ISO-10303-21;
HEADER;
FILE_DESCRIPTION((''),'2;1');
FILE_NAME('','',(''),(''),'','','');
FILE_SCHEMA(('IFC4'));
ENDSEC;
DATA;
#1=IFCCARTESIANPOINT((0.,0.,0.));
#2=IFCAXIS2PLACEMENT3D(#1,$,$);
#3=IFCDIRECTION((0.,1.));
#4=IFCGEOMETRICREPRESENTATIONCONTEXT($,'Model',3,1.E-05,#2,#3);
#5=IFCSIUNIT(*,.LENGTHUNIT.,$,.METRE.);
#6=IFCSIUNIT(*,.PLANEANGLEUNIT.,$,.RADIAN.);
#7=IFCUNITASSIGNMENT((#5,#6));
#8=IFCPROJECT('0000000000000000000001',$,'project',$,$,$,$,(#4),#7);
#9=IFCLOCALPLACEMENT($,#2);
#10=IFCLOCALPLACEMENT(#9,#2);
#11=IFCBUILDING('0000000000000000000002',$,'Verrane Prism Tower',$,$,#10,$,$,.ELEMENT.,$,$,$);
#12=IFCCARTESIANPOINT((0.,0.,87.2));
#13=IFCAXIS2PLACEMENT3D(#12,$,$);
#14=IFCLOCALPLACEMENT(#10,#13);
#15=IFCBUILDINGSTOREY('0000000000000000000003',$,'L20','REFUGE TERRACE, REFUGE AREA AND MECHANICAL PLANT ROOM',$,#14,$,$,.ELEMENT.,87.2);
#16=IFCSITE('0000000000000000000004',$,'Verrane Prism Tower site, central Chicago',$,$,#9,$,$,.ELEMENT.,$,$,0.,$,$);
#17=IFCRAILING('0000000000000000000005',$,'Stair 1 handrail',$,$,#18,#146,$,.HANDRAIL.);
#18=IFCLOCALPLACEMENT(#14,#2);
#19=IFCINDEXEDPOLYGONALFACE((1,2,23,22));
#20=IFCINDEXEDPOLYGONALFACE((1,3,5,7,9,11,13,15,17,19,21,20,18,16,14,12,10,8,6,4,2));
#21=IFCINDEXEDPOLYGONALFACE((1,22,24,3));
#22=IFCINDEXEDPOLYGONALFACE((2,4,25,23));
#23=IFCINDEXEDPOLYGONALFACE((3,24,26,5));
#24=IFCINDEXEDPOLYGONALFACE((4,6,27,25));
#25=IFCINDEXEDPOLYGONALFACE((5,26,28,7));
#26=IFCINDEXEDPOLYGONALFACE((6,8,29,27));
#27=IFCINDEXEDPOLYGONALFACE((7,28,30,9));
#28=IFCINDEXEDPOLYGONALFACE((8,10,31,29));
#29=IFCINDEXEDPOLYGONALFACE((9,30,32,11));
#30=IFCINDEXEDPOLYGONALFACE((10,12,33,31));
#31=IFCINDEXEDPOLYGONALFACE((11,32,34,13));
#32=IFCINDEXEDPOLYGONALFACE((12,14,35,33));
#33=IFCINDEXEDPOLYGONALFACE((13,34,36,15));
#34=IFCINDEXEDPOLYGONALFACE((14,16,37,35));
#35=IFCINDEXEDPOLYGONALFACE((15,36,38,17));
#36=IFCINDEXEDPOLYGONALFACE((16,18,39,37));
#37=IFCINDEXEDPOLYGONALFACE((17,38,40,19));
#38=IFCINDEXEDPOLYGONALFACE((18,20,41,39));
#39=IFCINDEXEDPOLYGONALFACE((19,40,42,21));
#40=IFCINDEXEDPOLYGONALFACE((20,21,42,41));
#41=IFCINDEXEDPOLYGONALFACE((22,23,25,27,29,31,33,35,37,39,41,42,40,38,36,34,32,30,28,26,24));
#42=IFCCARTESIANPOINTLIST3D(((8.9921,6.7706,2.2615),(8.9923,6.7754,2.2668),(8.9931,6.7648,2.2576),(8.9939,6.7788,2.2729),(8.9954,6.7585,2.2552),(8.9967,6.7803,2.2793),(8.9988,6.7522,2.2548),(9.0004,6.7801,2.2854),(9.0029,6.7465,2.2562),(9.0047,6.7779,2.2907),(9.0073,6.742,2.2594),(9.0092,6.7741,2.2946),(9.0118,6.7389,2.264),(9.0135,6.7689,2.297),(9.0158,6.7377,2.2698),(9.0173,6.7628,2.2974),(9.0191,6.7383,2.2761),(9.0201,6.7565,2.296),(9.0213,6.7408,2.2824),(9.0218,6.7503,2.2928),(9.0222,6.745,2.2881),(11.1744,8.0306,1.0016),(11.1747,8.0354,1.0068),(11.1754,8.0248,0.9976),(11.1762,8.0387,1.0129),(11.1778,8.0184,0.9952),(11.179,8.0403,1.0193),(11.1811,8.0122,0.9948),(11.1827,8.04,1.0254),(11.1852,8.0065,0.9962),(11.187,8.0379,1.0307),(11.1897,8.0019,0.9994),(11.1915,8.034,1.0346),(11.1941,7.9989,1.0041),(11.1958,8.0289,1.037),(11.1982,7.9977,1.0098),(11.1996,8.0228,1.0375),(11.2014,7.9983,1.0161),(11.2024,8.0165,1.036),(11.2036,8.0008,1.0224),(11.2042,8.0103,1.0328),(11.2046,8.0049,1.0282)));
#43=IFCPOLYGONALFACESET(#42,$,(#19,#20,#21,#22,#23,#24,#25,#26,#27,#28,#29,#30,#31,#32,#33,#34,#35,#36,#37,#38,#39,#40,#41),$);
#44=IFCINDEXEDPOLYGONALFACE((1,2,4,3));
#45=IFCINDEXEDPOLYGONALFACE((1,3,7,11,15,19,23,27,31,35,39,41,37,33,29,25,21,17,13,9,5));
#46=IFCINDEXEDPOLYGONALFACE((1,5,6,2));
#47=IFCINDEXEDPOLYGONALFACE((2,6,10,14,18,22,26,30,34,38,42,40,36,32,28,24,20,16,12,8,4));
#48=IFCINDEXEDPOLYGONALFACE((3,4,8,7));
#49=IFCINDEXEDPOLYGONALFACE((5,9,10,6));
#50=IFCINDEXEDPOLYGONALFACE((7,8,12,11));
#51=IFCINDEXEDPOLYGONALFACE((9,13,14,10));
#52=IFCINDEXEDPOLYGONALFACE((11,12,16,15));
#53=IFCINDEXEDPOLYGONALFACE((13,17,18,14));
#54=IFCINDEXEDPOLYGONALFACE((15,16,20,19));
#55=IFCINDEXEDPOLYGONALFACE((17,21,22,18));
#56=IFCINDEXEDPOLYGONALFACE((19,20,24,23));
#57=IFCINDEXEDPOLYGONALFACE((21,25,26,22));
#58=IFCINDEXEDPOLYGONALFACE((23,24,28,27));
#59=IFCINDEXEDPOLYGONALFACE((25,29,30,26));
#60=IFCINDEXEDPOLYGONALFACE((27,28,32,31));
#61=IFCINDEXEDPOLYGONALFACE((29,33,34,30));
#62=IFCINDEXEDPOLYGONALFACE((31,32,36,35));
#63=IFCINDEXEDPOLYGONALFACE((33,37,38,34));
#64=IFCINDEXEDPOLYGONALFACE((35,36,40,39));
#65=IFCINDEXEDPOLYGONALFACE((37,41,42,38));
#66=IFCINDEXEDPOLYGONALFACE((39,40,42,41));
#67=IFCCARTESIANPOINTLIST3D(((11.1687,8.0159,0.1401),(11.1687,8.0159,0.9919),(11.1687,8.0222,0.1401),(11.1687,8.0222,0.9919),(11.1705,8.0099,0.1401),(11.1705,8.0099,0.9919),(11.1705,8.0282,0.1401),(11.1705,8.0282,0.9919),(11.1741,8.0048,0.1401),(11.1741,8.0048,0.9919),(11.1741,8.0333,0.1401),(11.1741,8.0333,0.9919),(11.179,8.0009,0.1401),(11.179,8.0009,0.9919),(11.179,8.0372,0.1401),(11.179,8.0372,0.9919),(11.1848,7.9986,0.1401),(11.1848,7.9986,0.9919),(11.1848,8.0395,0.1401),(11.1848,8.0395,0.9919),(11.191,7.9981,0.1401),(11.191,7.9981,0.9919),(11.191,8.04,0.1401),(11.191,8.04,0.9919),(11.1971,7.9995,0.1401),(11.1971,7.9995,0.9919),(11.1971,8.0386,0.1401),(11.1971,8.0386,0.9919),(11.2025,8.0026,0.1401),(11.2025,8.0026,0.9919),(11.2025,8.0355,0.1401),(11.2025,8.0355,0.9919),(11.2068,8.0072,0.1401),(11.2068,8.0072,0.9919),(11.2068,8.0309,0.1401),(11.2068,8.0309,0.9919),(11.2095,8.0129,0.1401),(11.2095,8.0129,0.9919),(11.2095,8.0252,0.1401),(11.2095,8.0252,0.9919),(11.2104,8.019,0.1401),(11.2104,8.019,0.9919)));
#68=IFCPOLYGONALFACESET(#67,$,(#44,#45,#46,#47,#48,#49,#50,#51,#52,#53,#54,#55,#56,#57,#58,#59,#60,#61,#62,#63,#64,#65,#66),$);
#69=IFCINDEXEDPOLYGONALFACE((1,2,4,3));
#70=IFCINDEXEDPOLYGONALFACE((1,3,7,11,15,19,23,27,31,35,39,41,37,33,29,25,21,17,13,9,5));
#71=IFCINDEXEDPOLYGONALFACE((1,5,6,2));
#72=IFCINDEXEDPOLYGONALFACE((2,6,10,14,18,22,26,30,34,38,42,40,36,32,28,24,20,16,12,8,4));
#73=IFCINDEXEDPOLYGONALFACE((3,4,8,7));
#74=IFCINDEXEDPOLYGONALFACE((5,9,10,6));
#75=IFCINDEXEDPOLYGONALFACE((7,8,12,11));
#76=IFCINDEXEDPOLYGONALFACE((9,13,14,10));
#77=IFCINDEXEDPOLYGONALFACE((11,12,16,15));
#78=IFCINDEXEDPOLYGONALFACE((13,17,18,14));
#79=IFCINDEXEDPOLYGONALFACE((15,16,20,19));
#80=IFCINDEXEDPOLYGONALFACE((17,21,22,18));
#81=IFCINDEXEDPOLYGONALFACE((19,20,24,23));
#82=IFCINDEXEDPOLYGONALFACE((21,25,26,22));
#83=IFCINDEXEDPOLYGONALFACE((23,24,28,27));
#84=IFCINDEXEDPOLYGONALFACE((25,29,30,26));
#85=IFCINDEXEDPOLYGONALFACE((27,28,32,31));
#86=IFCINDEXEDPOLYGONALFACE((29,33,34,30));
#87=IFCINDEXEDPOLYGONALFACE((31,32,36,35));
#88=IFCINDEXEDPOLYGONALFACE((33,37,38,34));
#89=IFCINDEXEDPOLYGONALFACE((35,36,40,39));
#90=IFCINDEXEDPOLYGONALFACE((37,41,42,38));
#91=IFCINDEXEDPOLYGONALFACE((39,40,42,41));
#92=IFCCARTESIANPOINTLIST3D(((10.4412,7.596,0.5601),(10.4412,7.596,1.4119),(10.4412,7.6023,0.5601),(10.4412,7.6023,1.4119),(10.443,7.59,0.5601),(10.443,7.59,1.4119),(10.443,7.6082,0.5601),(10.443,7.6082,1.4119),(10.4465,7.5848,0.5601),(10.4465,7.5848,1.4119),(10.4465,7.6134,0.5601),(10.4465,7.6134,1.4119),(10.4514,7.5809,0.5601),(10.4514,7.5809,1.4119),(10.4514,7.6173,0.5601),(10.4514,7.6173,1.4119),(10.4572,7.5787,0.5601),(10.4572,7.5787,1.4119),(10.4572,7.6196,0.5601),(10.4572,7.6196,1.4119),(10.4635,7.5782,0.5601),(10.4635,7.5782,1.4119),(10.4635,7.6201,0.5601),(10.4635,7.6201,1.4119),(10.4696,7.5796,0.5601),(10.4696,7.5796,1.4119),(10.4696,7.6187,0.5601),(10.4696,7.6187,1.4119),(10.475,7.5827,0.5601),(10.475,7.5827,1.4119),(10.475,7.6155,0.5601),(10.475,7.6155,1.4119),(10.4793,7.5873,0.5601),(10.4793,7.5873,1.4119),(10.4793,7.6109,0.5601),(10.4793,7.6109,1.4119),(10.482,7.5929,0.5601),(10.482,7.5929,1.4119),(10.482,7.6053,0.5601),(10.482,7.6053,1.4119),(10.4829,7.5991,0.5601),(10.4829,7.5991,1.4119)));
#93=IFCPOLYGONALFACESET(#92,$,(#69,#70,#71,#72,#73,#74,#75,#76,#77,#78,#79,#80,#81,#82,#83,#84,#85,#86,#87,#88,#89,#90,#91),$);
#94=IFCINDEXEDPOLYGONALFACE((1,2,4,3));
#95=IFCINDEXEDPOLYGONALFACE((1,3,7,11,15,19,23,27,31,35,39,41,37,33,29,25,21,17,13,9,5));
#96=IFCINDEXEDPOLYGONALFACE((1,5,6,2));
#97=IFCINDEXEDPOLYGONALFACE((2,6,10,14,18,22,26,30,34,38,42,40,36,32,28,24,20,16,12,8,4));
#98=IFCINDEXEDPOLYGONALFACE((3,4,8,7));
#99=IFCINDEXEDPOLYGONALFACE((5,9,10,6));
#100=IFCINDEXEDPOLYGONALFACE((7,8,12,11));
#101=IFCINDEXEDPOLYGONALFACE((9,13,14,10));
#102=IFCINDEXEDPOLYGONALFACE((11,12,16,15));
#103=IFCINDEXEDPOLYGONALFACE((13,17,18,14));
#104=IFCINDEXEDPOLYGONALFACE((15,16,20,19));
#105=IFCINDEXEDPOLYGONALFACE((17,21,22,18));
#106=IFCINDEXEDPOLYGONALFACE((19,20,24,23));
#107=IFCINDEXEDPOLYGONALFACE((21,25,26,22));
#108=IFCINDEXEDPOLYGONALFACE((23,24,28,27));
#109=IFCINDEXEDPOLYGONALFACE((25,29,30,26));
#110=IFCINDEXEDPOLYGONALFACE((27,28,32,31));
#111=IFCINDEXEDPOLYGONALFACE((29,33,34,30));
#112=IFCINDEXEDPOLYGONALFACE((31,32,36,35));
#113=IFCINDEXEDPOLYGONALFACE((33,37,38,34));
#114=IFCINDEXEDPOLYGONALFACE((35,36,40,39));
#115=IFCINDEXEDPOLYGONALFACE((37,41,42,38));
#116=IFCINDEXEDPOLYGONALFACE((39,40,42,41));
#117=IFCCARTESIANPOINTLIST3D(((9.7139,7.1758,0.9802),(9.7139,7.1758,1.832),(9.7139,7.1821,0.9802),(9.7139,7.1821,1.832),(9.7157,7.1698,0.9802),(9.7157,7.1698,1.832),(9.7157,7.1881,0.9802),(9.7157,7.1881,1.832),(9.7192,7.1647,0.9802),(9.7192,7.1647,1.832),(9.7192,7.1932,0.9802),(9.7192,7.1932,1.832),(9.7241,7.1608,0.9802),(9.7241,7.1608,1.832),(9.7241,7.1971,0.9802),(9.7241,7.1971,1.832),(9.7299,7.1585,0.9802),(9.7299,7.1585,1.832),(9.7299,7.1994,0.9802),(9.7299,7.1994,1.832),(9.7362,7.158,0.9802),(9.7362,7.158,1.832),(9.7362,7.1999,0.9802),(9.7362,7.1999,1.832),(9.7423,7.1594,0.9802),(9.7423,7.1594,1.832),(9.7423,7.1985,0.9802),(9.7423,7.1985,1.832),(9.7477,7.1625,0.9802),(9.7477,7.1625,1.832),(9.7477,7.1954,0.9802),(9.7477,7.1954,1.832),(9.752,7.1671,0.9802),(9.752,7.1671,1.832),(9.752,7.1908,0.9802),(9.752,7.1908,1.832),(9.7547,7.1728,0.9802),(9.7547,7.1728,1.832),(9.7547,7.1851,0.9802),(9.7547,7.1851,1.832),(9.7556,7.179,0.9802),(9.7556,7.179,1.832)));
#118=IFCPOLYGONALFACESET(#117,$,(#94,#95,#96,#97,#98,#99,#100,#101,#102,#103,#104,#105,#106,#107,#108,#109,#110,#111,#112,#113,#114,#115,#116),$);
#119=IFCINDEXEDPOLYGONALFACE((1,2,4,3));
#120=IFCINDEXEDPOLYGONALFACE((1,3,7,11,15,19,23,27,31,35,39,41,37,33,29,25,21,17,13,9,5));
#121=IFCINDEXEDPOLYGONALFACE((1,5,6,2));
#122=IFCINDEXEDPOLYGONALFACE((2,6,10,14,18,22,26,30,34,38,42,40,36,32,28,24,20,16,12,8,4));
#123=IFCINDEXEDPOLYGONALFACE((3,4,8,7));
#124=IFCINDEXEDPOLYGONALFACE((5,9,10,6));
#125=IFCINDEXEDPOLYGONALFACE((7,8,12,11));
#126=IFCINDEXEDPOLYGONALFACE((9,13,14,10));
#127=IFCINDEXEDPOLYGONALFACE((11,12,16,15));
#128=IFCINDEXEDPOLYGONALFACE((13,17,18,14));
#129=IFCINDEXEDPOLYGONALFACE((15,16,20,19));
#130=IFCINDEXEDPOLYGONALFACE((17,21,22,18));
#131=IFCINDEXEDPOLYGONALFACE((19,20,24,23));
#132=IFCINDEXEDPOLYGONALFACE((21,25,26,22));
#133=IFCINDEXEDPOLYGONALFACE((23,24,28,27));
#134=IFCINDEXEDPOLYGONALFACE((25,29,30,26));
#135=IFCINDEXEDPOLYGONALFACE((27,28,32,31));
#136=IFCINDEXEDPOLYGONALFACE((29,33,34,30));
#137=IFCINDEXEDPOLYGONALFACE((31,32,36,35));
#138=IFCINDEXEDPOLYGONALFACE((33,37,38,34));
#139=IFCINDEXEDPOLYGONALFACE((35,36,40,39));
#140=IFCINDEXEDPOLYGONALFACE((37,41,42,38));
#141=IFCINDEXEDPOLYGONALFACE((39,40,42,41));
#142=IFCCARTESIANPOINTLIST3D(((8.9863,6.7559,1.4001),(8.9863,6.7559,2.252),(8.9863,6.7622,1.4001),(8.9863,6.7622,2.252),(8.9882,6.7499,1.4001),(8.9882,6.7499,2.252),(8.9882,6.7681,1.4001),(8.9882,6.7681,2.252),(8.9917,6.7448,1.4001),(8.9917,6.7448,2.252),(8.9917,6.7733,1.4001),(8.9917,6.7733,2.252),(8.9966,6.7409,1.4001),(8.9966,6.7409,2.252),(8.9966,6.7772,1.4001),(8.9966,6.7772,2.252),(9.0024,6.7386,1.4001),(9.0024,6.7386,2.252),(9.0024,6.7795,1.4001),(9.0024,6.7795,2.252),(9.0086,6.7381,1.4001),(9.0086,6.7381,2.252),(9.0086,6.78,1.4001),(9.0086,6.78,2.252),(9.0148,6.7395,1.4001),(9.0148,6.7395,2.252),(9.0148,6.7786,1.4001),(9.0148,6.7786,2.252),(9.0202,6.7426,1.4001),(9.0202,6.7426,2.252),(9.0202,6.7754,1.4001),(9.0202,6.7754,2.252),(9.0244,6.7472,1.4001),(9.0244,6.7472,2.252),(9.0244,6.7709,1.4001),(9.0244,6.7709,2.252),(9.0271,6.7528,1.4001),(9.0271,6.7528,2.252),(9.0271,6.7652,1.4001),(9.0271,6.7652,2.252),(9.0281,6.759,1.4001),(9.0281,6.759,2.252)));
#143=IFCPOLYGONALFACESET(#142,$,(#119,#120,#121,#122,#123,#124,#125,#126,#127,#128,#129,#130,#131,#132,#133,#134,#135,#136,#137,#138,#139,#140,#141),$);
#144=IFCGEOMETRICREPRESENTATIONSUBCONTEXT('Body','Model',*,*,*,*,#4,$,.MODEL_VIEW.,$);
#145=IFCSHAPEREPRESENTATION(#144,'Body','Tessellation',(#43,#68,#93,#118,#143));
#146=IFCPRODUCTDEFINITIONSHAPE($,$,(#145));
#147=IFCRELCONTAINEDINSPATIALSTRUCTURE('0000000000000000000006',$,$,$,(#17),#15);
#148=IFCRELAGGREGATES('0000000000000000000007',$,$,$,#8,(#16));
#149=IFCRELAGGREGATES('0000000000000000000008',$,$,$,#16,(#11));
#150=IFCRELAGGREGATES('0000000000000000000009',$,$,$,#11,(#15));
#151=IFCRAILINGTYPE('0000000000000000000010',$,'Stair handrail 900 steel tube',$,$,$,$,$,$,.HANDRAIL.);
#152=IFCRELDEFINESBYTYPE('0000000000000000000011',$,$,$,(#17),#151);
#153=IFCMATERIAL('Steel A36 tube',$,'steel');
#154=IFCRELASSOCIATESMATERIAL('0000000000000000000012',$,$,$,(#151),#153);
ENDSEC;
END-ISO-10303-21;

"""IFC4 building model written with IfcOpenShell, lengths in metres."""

from ifc_helpers import new_model, si_unit, direction, frame, origin, origin_2d, place, context, subcontext, project, spatial, circle, extrude, material, type_object, element, save


model = new_model("IFC4")

# Units and contexts
model_context = context("Model", 3, precision=1e-05, world=origin(), true_north=direction((0.0, 1.0)))
body_context = subcontext(model_context, "Body", "Model", "MODEL_VIEW")
ifc_project = project(units=[si_unit("LENGTHUNIT", "METRE"), si_unit("PLANEANGLEUNIT", "RADIAN")], contexts=[model_context])

# Site, building, storey
site_placement = place(None, origin())
site = spatial("IfcSite", under=ifc_project, at=site_placement, Name="Verrane Prism Tower site, central Chicago", CompositionType="ELEMENT", RefElevation=0.0)
building_placement = place(site_placement, origin())
building = spatial("IfcBuilding", under=site, at=building_placement, Name="Verrane Prism Tower", CompositionType="ELEMENT")
storey_placement = place(building_placement, frame((0.0, 0.0, 87.2)))
storey = spatial("IfcBuildingStorey", under=building, at=storey_placement, Name="L20", Description="REFUGE TERRACE, REFUGE AREA AND MECHANICAL PLANT ROOM", CompositionType="ELEMENT", Elevation=87.2)

# Railing
ifc_material_1 = material(Name="Steel A36 tube", Category="steel")
railing_type_1 = type_object("IfcRailingType", Name="Stair handrail 900 steel tube", PredefinedType="HANDRAIL", material=ifc_material_1)
railing_1_placement = place(storey_placement, frame((11.1895, 8.019, 0.1401)))
element("IfcRailing", 1, at=railing_1_placement, inside=storey, type_object=railing_type_1, Name="Stair 1 handrail", PredefinedType="HANDRAIL", context=body_context, shape_type="SweptSolid", body=[
    extrude(circle(Radius=0.0239, at=origin_2d()), frame((0.0, 0.0, 0.876), z_axis=(-0.774593, -0.447217, 0.447217), x_axis=(0.500005, -0.866023, 0.0)), (0.0, 0.0, 1.0), 2.8174),
    extrude(circle(Radius=0.021, at=origin_2d()), origin(), (0.0, 0.0, 1.0), 0.8518),
    extrude(circle(Radius=0.021, at=origin_2d()), frame((-0.7275, -0.4199, 0.4199)), (0.0, 0.0, 1.0), 0.8518),
    extrude(circle(Radius=0.021, at=origin_2d()), frame((-1.4548, -0.8401, 0.8401)), (0.0, 0.0, 1.0), 0.8518),
    extrude(circle(Radius=0.021, at=origin_2d()), frame((-2.1824, -1.26, 1.26)), (0.0, 0.0, 1.0), 0.8518),
])

save(model, "model.ifc")
